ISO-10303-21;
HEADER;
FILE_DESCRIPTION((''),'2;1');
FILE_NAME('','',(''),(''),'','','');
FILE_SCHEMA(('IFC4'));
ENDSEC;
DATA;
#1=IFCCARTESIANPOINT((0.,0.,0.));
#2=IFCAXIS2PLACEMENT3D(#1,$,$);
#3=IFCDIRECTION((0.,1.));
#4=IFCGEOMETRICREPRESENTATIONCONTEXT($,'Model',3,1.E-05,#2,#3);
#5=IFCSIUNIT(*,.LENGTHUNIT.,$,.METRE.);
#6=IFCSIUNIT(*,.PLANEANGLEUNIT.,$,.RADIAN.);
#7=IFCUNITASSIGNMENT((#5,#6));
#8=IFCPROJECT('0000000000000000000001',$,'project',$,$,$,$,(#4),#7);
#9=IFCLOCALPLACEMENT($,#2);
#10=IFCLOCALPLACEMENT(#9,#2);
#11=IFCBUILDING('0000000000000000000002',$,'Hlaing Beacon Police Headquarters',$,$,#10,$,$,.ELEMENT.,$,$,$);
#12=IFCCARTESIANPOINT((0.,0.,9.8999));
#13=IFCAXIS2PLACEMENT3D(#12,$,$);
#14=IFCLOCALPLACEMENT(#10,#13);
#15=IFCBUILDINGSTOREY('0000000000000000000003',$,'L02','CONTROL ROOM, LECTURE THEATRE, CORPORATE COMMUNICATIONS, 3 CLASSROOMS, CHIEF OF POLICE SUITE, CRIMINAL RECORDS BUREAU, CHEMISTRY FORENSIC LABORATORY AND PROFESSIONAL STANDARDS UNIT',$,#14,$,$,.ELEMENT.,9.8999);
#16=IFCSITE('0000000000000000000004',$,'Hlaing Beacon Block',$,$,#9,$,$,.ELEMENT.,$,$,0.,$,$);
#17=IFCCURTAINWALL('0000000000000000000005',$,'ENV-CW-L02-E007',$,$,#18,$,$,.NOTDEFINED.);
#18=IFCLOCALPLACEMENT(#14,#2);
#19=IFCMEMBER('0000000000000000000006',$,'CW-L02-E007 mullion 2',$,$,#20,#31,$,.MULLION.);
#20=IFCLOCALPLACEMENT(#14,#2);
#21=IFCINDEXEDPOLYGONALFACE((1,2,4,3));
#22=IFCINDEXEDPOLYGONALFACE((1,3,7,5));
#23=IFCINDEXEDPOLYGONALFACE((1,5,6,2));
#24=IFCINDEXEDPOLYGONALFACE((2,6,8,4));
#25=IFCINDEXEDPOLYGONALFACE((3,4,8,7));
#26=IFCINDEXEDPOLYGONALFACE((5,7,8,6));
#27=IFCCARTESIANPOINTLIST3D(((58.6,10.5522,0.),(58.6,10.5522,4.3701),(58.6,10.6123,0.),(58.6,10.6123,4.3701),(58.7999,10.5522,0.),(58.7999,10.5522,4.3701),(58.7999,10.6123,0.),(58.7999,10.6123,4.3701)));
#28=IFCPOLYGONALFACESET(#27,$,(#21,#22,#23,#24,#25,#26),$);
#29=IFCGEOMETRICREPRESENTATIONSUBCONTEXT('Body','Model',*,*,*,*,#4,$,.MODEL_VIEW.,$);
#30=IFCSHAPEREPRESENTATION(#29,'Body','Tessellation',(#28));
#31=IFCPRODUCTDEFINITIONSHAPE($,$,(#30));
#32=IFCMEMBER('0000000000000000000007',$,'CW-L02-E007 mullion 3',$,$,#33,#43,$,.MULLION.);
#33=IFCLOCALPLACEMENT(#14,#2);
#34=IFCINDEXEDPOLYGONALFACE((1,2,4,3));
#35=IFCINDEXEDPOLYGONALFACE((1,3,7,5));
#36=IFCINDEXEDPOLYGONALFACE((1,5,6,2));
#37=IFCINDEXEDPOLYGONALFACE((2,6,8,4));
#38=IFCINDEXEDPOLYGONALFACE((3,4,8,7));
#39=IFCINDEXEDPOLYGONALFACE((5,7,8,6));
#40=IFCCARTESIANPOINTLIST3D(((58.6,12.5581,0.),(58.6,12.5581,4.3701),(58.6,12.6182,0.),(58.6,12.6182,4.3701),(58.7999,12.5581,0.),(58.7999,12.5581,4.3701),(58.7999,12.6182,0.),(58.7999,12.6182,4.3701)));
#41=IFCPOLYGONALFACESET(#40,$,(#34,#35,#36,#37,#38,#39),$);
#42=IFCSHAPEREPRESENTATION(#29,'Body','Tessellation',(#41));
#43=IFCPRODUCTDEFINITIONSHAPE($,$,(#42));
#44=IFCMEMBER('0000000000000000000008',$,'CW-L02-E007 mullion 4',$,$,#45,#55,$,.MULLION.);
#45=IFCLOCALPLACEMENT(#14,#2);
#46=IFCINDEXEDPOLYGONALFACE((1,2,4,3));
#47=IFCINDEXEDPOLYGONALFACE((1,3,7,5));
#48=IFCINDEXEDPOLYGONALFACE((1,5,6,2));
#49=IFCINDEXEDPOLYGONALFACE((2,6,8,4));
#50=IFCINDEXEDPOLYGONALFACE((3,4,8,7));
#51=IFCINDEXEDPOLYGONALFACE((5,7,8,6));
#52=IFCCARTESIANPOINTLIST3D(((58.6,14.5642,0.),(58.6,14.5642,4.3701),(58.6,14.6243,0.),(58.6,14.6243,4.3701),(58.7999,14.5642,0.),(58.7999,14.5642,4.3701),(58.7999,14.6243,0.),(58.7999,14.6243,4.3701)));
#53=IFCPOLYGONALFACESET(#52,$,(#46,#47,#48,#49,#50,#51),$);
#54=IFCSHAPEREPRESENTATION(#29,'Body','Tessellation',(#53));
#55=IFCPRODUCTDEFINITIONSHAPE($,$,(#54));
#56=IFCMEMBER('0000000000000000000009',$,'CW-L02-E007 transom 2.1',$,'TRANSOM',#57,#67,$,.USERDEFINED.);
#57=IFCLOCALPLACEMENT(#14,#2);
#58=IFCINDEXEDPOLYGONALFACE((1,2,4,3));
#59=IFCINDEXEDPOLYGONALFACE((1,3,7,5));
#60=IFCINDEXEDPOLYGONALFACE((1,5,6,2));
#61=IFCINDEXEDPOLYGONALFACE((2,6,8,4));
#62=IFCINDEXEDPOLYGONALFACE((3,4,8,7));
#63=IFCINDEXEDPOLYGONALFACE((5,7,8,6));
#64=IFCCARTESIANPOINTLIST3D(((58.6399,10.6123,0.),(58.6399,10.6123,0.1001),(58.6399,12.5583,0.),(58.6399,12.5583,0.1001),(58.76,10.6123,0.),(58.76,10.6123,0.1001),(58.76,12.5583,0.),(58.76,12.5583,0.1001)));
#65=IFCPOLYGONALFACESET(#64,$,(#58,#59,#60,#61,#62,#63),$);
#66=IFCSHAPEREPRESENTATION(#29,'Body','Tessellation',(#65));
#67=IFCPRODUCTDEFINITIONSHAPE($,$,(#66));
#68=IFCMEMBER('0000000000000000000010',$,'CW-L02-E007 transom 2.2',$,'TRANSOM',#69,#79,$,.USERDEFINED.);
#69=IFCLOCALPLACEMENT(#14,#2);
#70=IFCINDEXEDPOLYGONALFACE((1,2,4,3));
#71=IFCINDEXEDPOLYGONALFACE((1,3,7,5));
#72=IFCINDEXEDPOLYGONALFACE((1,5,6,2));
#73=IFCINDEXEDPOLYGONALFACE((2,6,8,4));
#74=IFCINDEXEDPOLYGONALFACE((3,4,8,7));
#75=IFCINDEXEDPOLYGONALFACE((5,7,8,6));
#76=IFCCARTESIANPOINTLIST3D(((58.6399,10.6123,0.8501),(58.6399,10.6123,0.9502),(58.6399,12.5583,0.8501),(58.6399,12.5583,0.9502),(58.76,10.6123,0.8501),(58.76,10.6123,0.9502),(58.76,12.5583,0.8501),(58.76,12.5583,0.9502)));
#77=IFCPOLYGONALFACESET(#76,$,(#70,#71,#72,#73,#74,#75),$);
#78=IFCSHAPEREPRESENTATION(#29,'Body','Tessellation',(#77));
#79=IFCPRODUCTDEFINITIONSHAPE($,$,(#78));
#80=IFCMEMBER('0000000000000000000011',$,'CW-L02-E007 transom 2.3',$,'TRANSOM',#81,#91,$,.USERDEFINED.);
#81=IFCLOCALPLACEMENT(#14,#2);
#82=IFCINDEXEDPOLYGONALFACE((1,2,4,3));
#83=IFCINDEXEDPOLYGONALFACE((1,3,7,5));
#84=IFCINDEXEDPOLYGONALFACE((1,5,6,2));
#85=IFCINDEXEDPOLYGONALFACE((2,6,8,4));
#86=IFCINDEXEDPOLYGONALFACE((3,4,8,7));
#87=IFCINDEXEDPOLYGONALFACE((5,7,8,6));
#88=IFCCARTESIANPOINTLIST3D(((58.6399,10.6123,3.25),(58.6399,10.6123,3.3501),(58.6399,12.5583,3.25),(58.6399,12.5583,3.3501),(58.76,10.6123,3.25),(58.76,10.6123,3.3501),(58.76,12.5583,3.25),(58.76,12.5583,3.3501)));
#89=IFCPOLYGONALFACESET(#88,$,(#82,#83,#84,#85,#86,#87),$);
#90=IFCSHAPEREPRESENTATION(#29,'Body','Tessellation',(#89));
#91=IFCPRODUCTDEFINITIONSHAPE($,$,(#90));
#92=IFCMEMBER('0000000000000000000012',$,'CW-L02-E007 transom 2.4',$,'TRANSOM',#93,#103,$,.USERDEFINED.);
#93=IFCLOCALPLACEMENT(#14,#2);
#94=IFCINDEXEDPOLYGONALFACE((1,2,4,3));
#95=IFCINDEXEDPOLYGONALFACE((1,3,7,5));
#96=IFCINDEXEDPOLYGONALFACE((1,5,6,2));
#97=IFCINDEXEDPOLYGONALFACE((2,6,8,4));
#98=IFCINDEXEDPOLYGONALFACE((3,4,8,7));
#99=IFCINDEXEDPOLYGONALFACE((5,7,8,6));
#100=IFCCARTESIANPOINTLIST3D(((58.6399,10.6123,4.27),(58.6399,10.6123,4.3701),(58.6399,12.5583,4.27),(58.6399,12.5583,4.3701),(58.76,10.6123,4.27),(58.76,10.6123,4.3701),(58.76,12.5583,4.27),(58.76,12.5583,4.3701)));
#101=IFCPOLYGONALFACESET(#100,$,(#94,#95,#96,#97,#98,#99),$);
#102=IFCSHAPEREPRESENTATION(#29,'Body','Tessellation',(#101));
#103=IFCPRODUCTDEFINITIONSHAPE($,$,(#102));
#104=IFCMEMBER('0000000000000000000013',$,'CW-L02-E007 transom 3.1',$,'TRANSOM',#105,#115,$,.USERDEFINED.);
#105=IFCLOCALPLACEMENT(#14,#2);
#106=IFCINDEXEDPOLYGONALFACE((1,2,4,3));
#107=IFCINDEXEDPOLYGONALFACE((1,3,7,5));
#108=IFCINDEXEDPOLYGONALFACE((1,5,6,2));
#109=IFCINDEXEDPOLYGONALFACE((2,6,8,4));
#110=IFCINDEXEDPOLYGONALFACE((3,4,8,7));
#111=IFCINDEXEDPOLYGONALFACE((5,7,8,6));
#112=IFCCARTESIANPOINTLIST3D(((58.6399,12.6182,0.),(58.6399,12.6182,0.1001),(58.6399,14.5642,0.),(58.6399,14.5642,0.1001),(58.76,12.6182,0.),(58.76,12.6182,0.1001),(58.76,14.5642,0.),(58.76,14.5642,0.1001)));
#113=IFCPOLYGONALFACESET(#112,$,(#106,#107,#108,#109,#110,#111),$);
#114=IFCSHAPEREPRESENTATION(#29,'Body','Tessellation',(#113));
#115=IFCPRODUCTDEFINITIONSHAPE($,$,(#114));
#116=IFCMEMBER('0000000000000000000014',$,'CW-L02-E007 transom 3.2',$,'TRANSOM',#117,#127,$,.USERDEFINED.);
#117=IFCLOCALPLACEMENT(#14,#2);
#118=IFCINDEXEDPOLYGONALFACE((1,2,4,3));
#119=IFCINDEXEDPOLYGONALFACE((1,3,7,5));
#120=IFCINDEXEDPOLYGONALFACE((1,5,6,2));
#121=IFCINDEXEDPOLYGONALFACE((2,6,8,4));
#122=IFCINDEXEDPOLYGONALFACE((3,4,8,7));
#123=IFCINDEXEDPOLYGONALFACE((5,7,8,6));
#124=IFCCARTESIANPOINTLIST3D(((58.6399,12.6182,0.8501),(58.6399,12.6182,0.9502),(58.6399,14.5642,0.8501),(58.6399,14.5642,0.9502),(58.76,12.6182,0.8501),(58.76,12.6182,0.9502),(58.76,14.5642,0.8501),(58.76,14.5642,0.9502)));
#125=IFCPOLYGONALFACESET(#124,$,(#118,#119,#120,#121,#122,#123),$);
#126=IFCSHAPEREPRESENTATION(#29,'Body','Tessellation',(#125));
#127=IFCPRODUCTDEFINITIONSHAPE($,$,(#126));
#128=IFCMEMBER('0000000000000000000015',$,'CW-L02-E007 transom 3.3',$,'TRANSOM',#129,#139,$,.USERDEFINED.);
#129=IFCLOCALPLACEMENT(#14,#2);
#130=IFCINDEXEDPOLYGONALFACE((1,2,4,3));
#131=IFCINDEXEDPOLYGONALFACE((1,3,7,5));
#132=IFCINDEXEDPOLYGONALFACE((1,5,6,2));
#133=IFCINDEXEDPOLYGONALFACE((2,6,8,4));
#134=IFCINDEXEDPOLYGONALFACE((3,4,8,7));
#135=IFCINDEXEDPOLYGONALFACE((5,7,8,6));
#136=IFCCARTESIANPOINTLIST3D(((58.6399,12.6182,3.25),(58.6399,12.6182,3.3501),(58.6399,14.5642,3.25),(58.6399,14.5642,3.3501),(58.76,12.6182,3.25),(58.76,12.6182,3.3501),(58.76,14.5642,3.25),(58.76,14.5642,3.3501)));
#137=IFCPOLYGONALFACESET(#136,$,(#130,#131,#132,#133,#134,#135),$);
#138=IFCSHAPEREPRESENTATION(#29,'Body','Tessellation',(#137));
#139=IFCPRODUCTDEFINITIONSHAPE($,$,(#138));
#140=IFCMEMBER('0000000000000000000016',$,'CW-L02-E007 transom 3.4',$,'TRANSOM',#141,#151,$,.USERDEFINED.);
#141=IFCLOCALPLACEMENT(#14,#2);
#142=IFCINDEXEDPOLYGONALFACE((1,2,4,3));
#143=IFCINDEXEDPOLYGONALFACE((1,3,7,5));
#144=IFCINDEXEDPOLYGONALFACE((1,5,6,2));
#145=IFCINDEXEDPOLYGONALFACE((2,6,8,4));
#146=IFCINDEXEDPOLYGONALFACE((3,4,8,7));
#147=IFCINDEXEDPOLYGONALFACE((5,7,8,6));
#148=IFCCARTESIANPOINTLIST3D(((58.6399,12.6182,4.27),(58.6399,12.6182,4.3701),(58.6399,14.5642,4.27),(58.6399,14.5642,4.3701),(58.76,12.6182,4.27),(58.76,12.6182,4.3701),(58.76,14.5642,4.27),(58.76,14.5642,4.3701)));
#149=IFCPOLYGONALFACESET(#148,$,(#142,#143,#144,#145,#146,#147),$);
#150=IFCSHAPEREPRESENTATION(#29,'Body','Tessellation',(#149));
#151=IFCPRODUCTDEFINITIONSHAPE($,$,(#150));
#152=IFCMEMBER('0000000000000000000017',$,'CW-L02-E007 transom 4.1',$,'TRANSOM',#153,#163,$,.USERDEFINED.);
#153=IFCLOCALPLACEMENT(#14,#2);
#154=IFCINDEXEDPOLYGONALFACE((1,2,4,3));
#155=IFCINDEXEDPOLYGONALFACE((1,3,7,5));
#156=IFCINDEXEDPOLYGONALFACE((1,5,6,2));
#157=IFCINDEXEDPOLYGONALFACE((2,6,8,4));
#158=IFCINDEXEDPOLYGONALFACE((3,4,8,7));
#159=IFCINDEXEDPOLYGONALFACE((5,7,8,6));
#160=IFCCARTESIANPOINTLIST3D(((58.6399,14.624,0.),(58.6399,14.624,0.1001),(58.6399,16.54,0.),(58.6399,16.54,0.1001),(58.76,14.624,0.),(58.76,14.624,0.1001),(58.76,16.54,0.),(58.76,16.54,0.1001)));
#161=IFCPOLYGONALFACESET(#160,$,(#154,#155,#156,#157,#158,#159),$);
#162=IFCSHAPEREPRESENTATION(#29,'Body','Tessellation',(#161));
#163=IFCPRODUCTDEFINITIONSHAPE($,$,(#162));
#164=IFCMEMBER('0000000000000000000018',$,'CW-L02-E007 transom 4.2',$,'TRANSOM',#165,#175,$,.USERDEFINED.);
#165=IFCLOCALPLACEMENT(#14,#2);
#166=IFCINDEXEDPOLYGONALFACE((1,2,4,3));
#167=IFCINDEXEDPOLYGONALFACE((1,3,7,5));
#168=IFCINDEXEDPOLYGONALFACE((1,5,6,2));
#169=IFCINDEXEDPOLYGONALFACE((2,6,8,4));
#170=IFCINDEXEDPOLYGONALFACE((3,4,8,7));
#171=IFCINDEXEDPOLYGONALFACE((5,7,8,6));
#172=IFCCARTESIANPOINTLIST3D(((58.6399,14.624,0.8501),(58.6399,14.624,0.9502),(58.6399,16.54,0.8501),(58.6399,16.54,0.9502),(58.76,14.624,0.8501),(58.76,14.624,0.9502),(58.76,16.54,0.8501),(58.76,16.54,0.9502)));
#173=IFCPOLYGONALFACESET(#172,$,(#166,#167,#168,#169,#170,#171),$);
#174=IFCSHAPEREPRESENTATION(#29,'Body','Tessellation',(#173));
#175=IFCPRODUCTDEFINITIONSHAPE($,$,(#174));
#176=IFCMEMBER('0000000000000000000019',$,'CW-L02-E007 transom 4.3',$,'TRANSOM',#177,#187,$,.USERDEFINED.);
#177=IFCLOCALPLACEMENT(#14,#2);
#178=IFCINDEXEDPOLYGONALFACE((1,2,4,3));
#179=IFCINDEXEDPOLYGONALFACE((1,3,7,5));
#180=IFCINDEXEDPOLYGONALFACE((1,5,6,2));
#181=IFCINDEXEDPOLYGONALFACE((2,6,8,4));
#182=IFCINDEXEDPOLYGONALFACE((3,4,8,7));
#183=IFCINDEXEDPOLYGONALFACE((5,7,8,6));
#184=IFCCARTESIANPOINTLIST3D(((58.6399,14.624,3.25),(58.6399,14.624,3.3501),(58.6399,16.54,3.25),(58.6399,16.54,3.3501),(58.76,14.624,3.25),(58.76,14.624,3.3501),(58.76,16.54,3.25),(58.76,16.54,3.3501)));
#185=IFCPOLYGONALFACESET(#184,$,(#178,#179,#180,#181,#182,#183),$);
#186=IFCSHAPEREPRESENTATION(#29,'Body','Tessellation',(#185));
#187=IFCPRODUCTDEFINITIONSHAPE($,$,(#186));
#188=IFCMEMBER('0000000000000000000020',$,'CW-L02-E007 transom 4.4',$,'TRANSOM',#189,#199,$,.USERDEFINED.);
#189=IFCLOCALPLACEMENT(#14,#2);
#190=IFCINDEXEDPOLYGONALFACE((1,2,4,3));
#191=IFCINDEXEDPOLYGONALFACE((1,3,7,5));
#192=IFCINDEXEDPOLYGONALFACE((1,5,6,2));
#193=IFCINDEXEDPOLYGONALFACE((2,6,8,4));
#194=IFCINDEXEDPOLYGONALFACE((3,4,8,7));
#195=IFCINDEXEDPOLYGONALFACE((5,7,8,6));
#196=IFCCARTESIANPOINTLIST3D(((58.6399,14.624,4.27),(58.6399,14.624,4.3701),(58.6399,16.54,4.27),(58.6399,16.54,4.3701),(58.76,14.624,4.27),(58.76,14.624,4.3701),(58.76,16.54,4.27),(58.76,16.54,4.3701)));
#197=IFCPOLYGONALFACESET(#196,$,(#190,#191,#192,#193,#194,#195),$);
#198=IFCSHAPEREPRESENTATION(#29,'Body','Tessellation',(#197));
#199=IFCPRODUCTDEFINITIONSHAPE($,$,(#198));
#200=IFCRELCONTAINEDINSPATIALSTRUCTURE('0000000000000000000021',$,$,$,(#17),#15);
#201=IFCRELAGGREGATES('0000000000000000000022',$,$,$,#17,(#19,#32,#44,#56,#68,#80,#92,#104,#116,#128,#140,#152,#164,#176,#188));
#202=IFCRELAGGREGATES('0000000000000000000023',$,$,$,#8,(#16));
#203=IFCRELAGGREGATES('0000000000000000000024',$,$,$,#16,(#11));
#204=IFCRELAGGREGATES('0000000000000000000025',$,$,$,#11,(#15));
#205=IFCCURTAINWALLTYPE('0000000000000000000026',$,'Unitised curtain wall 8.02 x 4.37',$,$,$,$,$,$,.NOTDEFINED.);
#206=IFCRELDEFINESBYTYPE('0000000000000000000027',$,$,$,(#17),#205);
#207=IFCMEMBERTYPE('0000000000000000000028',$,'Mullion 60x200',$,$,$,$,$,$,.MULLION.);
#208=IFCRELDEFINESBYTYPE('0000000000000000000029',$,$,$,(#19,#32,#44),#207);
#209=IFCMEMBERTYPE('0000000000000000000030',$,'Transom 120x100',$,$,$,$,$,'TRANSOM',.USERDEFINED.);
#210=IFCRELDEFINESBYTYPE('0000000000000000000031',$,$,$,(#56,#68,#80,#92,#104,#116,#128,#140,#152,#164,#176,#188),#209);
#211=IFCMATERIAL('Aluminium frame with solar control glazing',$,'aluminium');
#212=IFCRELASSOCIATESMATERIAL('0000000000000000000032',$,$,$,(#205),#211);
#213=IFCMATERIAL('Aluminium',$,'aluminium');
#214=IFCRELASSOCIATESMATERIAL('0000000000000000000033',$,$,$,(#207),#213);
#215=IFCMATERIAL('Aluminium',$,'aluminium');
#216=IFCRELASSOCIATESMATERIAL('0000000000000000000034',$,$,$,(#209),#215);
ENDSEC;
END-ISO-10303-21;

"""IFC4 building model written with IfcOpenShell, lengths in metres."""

from ifc_helpers import new_model, si_unit, direction, frame, origin, origin_2d, place, context, subcontext, project, spatial, rectangle, extrude, material, material_profile, profile_set, type_object, element, aggregate, save


model = new_model("IFC4")

# Units and contexts
model_context = context("Model", 3, precision=1e-05, world=origin(), true_north=direction((0.0, 1.0)))
body_context = subcontext(model_context, "Body", "Model", "MODEL_VIEW")
ifc_project = project(units=[si_unit("LENGTHUNIT", "METRE"), si_unit("PLANEANGLEUNIT", "RADIAN")], contexts=[model_context])

# Site, building, storey
site_placement = place(None, origin())
site = spatial("IfcSite", under=ifc_project, at=site_placement, Name="Hlaing Beacon Block", CompositionType="ELEMENT", RefElevation=0.0)
building_placement = place(site_placement, origin())
building = spatial("IfcBuilding", under=site, at=building_placement, Name="Hlaing Beacon Police Headquarters", CompositionType="ELEMENT")
storey_placement = place(building_placement, frame((0.0, 0.0, 9.8999)))
storey = spatial("IfcBuildingStorey", under=building, at=storey_placement, Name="L02", Description="CONTROL ROOM, LECTURE THEATRE, CORPORATE COMMUNICATIONS, 3 CLASSROOMS, CHIEF OF POLICE SUITE, CRIMINAL RECORDS BUREAU, CHEMISTRY FORENSIC LABORATORY AND PROFESSIONAL STANDARDS UNIT", CompositionType="ELEMENT", Elevation=9.8999)

# Curtain wall, members
ifc_material_1 = material(Name="Aluminium frame with solar control glazing", Category="aluminium")
curtain_wall_type = type_object("IfcCurtainWallType", Name="Unitised curtain wall 8.02 x 4.37", PredefinedType="NOTDEFINED", material=ifc_material_1)
curtain_wall_placement = place(storey_placement, origin())
curtain_wall = element("IfcCurtainWall", 1, at=curtain_wall_placement, inside=storey, type_object=curtain_wall_type, Name="ENV-CW-L02-E007", PredefinedType="NOTDEFINED")
ifc_material_2 = material(Name="Aluminium", Category="aluminium")
ifc_material_profile_1 = material_profile(ifc_material_2, rectangle(XDim=0.2, YDim=0.0601, at=origin_2d()), Name="Mullion 60x200")
ifc_profile_set_1 = profile_set([ifc_material_profile_1], Name="Aluminium")
member_type_1 = type_object("IfcMemberType", Name="Mullion 60x200", PredefinedType="MULLION", material=ifc_profile_set_1)
member_1_placement = place(storey_placement, frame((58.7, 10.5823, 0.0), z_axis=(0.0, 0.0, 1.0), x_axis=(-1.0, 0.0, 0.0)))
member_1 = element("IfcMember", 2, at=member_1_placement, type_object=member_type_1, Name="CW-L02-E007 mullion 2", PredefinedType="MULLION", context=body_context, shape_type="SweptSolid", body=[
    extrude(rectangle(XDim=0.2, YDim=0.0601, at=origin_2d()), origin(), (0.0, 0.0, 1.0), 4.3701),
])
member_2_placement = place(storey_placement, frame((58.7, 12.5881, 0.0), z_axis=(0.0, 0.0, 1.0), x_axis=(-1.0, 0.0, 0.0)))
member_2 = element("IfcMember", 3, at=member_2_placement, type_object=member_type_1, Name="CW-L02-E007 mullion 3", PredefinedType="MULLION", context=body_context, shape_type="SweptSolid", body=[
    extrude(rectangle(XDim=0.2, YDim=0.0601, at=origin_2d()), origin(), (0.0, 0.0, 1.0), 4.3701),
])
member_3_placement = place(storey_placement, frame((58.7, 14.5942, 0.0), z_axis=(0.0, 0.0, 1.0), x_axis=(-1.0, 0.0, 0.0)))
member_3 = element("IfcMember", 4, at=member_3_placement, type_object=member_type_1, Name="CW-L02-E007 mullion 4", PredefinedType="MULLION", context=body_context, shape_type="SweptSolid", body=[
    extrude(rectangle(XDim=0.2, YDim=0.0601, at=origin_2d()), origin(), (0.0, 0.0, 1.0), 4.3701),
])
ifc_material_3 = material(Name="Aluminium", Category="aluminium")
ifc_material_profile_2 = material_profile(ifc_material_3, rectangle(XDim=0.1201, YDim=0.1001, at=origin_2d()), Name="Transom 120x100")
ifc_profile_set_2 = profile_set([ifc_material_profile_2], Name="Aluminium")
member_type_2 = type_object("IfcMemberType", Name="Transom 120x100", ElementType="TRANSOM", PredefinedType="USERDEFINED", material=ifc_profile_set_2)
member_4_placement = place(storey_placement, frame((58.7, 10.6123, 0.05), z_axis=(0.0, 1.0, 0.0), x_axis=(-1.0, 0.0, 0.0)))
member_4 = element("IfcMember", 5, at=member_4_placement, type_object=member_type_2, Name="CW-L02-E007 transom 2.1", ObjectType="TRANSOM", PredefinedType="USERDEFINED", context=body_context, shape_type="SweptSolid", body=[
    extrude(rectangle(XDim=0.1201, YDim=0.1001, at=origin_2d()), origin(), (0.0, 0.0, 1.0), 1.946),
])
member_5_placement = place(storey_placement, frame((58.7, 10.6123, 0.9001), z_axis=(0.0, 1.0, 0.0), x_axis=(-1.0, 0.0, 0.0)))
member_5 = element("IfcMember", 6, at=member_5_placement, type_object=member_type_2, Name="CW-L02-E007 transom 2.2", ObjectType="TRANSOM", PredefinedType="USERDEFINED", context=body_context, shape_type="SweptSolid", body=[
    extrude(rectangle(XDim=0.1201, YDim=0.1001, at=origin_2d()), origin(), (0.0, 0.0, 1.0), 1.946),
])
member_6_placement = place(storey_placement, frame((58.7, 10.6123, 3.3), z_axis=(0.0, 1.0, 0.0), x_axis=(-1.0, 0.0, 0.0)))
member_6 = element("IfcMember", 7, at=member_6_placement, type_object=member_type_2, Name="CW-L02-E007 transom 2.3", ObjectType="TRANSOM", PredefinedType="USERDEFINED", context=body_context, shape_type="SweptSolid", body=[
    extrude(rectangle(XDim=0.1201, YDim=0.1001, at=origin_2d()), origin(), (0.0, 0.0, 1.0), 1.946),
])
member_7_placement = place(storey_placement, frame((58.7, 10.6123, 4.3201), z_axis=(0.0, 1.0, 0.0), x_axis=(-1.0, 0.0, 0.0)))
member_7 = element("IfcMember", 8, at=member_7_placement, type_object=member_type_2, Name="CW-L02-E007 transom 2.4", ObjectType="TRANSOM", PredefinedType="USERDEFINED", context=body_context, shape_type="SweptSolid", body=[
    extrude(rectangle(XDim=0.1201, YDim=0.1001, at=origin_2d()), origin(), (0.0, 0.0, 1.0), 1.946),
])
member_8_placement = place(storey_placement, frame((58.7, 12.6182, 0.05), z_axis=(0.0, 1.0, 0.0), x_axis=(-1.0, 0.0, 0.0)))
member_8 = element("IfcMember", 9, at=member_8_placement, type_object=member_type_2, Name="CW-L02-E007 transom 3.1", ObjectType="TRANSOM", PredefinedType="USERDEFINED", context=body_context, shape_type="SweptSolid", body=[
    extrude(rectangle(XDim=0.1201, YDim=0.1001, at=origin_2d()), origin(), (0.0, 0.0, 1.0), 1.946),
])
member_9_placement = place(storey_placement, frame((58.7, 12.6182, 0.9001), z_axis=(0.0, 1.0, 0.0), x_axis=(-1.0, 0.0, 0.0)))
member_9 = element("IfcMember", 10, at=member_9_placement, type_object=member_type_2, Name="CW-L02-E007 transom 3.2", ObjectType="TRANSOM", PredefinedType="USERDEFINED", context=body_context, shape_type="SweptSolid", body=[
    extrude(rectangle(XDim=0.1201, YDim=0.1001, at=origin_2d()), origin(), (0.0, 0.0, 1.0), 1.946),
])
member_10_placement = place(storey_placement, frame((58.7, 12.6182, 3.3), z_axis=(0.0, 1.0, 0.0), x_axis=(-1.0, 0.0, 0.0)))
member_10 = element("IfcMember", 11, at=member_10_placement, type_object=member_type_2, Name="CW-L02-E007 transom 3.3", ObjectType="TRANSOM", PredefinedType="USERDEFINED", context=body_context, shape_type="SweptSolid", body=[
    extrude(rectangle(XDim=0.1201, YDim=0.1001, at=origin_2d()), origin(), (0.0, 0.0, 1.0), 1.946),
])
member_11_placement = place(storey_placement, frame((58.7, 12.6182, 4.3201), z_axis=(0.0, 1.0, 0.0), x_axis=(-1.0, 0.0, 0.0)))
member_11 = element("IfcMember", 12, at=member_11_placement, type_object=member_type_2, Name="CW-L02-E007 transom 3.4", ObjectType="TRANSOM", PredefinedType="USERDEFINED", context=body_context, shape_type="SweptSolid", body=[
    extrude(rectangle(XDim=0.1201, YDim=0.1001, at=origin_2d()), origin(), (0.0, 0.0, 1.0), 1.946),
])
member_12_placement = place(storey_placement, frame((58.7, 14.624, 0.05), z_axis=(0.0, 1.0, 0.0), x_axis=(-1.0, 0.0, 0.0)))
member_12 = element("IfcMember", 13, at=member_12_placement, type_object=member_type_2, Name="CW-L02-E007 transom 4.1", ObjectType="TRANSOM", PredefinedType="USERDEFINED", context=body_context, shape_type="SweptSolid", body=[
    extrude(rectangle(XDim=0.1201, YDim=0.1001, at=origin_2d()), origin(), (0.0, 0.0, 1.0), 1.916),
])
member_13_placement = place(storey_placement, frame((58.7, 14.624, 0.9001), z_axis=(0.0, 1.0, 0.0), x_axis=(-1.0, 0.0, 0.0)))
member_13 = element("IfcMember", 14, at=member_13_placement, type_object=member_type_2, Name="CW-L02-E007 transom 4.2", ObjectType="TRANSOM", PredefinedType="USERDEFINED", context=body_context, shape_type="SweptSolid", body=[
    extrude(rectangle(XDim=0.1201, YDim=0.1001, at=origin_2d()), origin(), (0.0, 0.0, 1.0), 1.916),
])
member_14_placement = place(storey_placement, frame((58.7, 14.624, 3.3), z_axis=(0.0, 1.0, 0.0), x_axis=(-1.0, 0.0, 0.0)))
member_14 = element("IfcMember", 15, at=member_14_placement, type_object=member_type_2, Name="CW-L02-E007 transom 4.3", ObjectType="TRANSOM", PredefinedType="USERDEFINED", context=body_context, shape_type="SweptSolid", body=[
    extrude(rectangle(XDim=0.1201, YDim=0.1001, at=origin_2d()), origin(), (0.0, 0.0, 1.0), 1.916),
])
member_15_placement = place(storey_placement, frame((58.7, 14.624, 4.3201), z_axis=(0.0, 1.0, 0.0), x_axis=(-1.0, 0.0, 0.0)))
member_15 = element("IfcMember", 16, at=member_15_placement, type_object=member_type_2, Name="CW-L02-E007 transom 4.4", ObjectType="TRANSOM", PredefinedType="USERDEFINED", context=body_context, shape_type="SweptSolid", body=[
    extrude(rectangle(XDim=0.1201, YDim=0.1001, at=origin_2d()), origin(), (0.0, 0.0, 1.0), 1.916),
])
aggregate(curtain_wall, [member_1, member_2, member_3, member_4, member_5, member_6, member_7, member_8, member_9, member_10, member_11, member_12, member_13, member_14, member_15])

save(model, "model.ifc")
